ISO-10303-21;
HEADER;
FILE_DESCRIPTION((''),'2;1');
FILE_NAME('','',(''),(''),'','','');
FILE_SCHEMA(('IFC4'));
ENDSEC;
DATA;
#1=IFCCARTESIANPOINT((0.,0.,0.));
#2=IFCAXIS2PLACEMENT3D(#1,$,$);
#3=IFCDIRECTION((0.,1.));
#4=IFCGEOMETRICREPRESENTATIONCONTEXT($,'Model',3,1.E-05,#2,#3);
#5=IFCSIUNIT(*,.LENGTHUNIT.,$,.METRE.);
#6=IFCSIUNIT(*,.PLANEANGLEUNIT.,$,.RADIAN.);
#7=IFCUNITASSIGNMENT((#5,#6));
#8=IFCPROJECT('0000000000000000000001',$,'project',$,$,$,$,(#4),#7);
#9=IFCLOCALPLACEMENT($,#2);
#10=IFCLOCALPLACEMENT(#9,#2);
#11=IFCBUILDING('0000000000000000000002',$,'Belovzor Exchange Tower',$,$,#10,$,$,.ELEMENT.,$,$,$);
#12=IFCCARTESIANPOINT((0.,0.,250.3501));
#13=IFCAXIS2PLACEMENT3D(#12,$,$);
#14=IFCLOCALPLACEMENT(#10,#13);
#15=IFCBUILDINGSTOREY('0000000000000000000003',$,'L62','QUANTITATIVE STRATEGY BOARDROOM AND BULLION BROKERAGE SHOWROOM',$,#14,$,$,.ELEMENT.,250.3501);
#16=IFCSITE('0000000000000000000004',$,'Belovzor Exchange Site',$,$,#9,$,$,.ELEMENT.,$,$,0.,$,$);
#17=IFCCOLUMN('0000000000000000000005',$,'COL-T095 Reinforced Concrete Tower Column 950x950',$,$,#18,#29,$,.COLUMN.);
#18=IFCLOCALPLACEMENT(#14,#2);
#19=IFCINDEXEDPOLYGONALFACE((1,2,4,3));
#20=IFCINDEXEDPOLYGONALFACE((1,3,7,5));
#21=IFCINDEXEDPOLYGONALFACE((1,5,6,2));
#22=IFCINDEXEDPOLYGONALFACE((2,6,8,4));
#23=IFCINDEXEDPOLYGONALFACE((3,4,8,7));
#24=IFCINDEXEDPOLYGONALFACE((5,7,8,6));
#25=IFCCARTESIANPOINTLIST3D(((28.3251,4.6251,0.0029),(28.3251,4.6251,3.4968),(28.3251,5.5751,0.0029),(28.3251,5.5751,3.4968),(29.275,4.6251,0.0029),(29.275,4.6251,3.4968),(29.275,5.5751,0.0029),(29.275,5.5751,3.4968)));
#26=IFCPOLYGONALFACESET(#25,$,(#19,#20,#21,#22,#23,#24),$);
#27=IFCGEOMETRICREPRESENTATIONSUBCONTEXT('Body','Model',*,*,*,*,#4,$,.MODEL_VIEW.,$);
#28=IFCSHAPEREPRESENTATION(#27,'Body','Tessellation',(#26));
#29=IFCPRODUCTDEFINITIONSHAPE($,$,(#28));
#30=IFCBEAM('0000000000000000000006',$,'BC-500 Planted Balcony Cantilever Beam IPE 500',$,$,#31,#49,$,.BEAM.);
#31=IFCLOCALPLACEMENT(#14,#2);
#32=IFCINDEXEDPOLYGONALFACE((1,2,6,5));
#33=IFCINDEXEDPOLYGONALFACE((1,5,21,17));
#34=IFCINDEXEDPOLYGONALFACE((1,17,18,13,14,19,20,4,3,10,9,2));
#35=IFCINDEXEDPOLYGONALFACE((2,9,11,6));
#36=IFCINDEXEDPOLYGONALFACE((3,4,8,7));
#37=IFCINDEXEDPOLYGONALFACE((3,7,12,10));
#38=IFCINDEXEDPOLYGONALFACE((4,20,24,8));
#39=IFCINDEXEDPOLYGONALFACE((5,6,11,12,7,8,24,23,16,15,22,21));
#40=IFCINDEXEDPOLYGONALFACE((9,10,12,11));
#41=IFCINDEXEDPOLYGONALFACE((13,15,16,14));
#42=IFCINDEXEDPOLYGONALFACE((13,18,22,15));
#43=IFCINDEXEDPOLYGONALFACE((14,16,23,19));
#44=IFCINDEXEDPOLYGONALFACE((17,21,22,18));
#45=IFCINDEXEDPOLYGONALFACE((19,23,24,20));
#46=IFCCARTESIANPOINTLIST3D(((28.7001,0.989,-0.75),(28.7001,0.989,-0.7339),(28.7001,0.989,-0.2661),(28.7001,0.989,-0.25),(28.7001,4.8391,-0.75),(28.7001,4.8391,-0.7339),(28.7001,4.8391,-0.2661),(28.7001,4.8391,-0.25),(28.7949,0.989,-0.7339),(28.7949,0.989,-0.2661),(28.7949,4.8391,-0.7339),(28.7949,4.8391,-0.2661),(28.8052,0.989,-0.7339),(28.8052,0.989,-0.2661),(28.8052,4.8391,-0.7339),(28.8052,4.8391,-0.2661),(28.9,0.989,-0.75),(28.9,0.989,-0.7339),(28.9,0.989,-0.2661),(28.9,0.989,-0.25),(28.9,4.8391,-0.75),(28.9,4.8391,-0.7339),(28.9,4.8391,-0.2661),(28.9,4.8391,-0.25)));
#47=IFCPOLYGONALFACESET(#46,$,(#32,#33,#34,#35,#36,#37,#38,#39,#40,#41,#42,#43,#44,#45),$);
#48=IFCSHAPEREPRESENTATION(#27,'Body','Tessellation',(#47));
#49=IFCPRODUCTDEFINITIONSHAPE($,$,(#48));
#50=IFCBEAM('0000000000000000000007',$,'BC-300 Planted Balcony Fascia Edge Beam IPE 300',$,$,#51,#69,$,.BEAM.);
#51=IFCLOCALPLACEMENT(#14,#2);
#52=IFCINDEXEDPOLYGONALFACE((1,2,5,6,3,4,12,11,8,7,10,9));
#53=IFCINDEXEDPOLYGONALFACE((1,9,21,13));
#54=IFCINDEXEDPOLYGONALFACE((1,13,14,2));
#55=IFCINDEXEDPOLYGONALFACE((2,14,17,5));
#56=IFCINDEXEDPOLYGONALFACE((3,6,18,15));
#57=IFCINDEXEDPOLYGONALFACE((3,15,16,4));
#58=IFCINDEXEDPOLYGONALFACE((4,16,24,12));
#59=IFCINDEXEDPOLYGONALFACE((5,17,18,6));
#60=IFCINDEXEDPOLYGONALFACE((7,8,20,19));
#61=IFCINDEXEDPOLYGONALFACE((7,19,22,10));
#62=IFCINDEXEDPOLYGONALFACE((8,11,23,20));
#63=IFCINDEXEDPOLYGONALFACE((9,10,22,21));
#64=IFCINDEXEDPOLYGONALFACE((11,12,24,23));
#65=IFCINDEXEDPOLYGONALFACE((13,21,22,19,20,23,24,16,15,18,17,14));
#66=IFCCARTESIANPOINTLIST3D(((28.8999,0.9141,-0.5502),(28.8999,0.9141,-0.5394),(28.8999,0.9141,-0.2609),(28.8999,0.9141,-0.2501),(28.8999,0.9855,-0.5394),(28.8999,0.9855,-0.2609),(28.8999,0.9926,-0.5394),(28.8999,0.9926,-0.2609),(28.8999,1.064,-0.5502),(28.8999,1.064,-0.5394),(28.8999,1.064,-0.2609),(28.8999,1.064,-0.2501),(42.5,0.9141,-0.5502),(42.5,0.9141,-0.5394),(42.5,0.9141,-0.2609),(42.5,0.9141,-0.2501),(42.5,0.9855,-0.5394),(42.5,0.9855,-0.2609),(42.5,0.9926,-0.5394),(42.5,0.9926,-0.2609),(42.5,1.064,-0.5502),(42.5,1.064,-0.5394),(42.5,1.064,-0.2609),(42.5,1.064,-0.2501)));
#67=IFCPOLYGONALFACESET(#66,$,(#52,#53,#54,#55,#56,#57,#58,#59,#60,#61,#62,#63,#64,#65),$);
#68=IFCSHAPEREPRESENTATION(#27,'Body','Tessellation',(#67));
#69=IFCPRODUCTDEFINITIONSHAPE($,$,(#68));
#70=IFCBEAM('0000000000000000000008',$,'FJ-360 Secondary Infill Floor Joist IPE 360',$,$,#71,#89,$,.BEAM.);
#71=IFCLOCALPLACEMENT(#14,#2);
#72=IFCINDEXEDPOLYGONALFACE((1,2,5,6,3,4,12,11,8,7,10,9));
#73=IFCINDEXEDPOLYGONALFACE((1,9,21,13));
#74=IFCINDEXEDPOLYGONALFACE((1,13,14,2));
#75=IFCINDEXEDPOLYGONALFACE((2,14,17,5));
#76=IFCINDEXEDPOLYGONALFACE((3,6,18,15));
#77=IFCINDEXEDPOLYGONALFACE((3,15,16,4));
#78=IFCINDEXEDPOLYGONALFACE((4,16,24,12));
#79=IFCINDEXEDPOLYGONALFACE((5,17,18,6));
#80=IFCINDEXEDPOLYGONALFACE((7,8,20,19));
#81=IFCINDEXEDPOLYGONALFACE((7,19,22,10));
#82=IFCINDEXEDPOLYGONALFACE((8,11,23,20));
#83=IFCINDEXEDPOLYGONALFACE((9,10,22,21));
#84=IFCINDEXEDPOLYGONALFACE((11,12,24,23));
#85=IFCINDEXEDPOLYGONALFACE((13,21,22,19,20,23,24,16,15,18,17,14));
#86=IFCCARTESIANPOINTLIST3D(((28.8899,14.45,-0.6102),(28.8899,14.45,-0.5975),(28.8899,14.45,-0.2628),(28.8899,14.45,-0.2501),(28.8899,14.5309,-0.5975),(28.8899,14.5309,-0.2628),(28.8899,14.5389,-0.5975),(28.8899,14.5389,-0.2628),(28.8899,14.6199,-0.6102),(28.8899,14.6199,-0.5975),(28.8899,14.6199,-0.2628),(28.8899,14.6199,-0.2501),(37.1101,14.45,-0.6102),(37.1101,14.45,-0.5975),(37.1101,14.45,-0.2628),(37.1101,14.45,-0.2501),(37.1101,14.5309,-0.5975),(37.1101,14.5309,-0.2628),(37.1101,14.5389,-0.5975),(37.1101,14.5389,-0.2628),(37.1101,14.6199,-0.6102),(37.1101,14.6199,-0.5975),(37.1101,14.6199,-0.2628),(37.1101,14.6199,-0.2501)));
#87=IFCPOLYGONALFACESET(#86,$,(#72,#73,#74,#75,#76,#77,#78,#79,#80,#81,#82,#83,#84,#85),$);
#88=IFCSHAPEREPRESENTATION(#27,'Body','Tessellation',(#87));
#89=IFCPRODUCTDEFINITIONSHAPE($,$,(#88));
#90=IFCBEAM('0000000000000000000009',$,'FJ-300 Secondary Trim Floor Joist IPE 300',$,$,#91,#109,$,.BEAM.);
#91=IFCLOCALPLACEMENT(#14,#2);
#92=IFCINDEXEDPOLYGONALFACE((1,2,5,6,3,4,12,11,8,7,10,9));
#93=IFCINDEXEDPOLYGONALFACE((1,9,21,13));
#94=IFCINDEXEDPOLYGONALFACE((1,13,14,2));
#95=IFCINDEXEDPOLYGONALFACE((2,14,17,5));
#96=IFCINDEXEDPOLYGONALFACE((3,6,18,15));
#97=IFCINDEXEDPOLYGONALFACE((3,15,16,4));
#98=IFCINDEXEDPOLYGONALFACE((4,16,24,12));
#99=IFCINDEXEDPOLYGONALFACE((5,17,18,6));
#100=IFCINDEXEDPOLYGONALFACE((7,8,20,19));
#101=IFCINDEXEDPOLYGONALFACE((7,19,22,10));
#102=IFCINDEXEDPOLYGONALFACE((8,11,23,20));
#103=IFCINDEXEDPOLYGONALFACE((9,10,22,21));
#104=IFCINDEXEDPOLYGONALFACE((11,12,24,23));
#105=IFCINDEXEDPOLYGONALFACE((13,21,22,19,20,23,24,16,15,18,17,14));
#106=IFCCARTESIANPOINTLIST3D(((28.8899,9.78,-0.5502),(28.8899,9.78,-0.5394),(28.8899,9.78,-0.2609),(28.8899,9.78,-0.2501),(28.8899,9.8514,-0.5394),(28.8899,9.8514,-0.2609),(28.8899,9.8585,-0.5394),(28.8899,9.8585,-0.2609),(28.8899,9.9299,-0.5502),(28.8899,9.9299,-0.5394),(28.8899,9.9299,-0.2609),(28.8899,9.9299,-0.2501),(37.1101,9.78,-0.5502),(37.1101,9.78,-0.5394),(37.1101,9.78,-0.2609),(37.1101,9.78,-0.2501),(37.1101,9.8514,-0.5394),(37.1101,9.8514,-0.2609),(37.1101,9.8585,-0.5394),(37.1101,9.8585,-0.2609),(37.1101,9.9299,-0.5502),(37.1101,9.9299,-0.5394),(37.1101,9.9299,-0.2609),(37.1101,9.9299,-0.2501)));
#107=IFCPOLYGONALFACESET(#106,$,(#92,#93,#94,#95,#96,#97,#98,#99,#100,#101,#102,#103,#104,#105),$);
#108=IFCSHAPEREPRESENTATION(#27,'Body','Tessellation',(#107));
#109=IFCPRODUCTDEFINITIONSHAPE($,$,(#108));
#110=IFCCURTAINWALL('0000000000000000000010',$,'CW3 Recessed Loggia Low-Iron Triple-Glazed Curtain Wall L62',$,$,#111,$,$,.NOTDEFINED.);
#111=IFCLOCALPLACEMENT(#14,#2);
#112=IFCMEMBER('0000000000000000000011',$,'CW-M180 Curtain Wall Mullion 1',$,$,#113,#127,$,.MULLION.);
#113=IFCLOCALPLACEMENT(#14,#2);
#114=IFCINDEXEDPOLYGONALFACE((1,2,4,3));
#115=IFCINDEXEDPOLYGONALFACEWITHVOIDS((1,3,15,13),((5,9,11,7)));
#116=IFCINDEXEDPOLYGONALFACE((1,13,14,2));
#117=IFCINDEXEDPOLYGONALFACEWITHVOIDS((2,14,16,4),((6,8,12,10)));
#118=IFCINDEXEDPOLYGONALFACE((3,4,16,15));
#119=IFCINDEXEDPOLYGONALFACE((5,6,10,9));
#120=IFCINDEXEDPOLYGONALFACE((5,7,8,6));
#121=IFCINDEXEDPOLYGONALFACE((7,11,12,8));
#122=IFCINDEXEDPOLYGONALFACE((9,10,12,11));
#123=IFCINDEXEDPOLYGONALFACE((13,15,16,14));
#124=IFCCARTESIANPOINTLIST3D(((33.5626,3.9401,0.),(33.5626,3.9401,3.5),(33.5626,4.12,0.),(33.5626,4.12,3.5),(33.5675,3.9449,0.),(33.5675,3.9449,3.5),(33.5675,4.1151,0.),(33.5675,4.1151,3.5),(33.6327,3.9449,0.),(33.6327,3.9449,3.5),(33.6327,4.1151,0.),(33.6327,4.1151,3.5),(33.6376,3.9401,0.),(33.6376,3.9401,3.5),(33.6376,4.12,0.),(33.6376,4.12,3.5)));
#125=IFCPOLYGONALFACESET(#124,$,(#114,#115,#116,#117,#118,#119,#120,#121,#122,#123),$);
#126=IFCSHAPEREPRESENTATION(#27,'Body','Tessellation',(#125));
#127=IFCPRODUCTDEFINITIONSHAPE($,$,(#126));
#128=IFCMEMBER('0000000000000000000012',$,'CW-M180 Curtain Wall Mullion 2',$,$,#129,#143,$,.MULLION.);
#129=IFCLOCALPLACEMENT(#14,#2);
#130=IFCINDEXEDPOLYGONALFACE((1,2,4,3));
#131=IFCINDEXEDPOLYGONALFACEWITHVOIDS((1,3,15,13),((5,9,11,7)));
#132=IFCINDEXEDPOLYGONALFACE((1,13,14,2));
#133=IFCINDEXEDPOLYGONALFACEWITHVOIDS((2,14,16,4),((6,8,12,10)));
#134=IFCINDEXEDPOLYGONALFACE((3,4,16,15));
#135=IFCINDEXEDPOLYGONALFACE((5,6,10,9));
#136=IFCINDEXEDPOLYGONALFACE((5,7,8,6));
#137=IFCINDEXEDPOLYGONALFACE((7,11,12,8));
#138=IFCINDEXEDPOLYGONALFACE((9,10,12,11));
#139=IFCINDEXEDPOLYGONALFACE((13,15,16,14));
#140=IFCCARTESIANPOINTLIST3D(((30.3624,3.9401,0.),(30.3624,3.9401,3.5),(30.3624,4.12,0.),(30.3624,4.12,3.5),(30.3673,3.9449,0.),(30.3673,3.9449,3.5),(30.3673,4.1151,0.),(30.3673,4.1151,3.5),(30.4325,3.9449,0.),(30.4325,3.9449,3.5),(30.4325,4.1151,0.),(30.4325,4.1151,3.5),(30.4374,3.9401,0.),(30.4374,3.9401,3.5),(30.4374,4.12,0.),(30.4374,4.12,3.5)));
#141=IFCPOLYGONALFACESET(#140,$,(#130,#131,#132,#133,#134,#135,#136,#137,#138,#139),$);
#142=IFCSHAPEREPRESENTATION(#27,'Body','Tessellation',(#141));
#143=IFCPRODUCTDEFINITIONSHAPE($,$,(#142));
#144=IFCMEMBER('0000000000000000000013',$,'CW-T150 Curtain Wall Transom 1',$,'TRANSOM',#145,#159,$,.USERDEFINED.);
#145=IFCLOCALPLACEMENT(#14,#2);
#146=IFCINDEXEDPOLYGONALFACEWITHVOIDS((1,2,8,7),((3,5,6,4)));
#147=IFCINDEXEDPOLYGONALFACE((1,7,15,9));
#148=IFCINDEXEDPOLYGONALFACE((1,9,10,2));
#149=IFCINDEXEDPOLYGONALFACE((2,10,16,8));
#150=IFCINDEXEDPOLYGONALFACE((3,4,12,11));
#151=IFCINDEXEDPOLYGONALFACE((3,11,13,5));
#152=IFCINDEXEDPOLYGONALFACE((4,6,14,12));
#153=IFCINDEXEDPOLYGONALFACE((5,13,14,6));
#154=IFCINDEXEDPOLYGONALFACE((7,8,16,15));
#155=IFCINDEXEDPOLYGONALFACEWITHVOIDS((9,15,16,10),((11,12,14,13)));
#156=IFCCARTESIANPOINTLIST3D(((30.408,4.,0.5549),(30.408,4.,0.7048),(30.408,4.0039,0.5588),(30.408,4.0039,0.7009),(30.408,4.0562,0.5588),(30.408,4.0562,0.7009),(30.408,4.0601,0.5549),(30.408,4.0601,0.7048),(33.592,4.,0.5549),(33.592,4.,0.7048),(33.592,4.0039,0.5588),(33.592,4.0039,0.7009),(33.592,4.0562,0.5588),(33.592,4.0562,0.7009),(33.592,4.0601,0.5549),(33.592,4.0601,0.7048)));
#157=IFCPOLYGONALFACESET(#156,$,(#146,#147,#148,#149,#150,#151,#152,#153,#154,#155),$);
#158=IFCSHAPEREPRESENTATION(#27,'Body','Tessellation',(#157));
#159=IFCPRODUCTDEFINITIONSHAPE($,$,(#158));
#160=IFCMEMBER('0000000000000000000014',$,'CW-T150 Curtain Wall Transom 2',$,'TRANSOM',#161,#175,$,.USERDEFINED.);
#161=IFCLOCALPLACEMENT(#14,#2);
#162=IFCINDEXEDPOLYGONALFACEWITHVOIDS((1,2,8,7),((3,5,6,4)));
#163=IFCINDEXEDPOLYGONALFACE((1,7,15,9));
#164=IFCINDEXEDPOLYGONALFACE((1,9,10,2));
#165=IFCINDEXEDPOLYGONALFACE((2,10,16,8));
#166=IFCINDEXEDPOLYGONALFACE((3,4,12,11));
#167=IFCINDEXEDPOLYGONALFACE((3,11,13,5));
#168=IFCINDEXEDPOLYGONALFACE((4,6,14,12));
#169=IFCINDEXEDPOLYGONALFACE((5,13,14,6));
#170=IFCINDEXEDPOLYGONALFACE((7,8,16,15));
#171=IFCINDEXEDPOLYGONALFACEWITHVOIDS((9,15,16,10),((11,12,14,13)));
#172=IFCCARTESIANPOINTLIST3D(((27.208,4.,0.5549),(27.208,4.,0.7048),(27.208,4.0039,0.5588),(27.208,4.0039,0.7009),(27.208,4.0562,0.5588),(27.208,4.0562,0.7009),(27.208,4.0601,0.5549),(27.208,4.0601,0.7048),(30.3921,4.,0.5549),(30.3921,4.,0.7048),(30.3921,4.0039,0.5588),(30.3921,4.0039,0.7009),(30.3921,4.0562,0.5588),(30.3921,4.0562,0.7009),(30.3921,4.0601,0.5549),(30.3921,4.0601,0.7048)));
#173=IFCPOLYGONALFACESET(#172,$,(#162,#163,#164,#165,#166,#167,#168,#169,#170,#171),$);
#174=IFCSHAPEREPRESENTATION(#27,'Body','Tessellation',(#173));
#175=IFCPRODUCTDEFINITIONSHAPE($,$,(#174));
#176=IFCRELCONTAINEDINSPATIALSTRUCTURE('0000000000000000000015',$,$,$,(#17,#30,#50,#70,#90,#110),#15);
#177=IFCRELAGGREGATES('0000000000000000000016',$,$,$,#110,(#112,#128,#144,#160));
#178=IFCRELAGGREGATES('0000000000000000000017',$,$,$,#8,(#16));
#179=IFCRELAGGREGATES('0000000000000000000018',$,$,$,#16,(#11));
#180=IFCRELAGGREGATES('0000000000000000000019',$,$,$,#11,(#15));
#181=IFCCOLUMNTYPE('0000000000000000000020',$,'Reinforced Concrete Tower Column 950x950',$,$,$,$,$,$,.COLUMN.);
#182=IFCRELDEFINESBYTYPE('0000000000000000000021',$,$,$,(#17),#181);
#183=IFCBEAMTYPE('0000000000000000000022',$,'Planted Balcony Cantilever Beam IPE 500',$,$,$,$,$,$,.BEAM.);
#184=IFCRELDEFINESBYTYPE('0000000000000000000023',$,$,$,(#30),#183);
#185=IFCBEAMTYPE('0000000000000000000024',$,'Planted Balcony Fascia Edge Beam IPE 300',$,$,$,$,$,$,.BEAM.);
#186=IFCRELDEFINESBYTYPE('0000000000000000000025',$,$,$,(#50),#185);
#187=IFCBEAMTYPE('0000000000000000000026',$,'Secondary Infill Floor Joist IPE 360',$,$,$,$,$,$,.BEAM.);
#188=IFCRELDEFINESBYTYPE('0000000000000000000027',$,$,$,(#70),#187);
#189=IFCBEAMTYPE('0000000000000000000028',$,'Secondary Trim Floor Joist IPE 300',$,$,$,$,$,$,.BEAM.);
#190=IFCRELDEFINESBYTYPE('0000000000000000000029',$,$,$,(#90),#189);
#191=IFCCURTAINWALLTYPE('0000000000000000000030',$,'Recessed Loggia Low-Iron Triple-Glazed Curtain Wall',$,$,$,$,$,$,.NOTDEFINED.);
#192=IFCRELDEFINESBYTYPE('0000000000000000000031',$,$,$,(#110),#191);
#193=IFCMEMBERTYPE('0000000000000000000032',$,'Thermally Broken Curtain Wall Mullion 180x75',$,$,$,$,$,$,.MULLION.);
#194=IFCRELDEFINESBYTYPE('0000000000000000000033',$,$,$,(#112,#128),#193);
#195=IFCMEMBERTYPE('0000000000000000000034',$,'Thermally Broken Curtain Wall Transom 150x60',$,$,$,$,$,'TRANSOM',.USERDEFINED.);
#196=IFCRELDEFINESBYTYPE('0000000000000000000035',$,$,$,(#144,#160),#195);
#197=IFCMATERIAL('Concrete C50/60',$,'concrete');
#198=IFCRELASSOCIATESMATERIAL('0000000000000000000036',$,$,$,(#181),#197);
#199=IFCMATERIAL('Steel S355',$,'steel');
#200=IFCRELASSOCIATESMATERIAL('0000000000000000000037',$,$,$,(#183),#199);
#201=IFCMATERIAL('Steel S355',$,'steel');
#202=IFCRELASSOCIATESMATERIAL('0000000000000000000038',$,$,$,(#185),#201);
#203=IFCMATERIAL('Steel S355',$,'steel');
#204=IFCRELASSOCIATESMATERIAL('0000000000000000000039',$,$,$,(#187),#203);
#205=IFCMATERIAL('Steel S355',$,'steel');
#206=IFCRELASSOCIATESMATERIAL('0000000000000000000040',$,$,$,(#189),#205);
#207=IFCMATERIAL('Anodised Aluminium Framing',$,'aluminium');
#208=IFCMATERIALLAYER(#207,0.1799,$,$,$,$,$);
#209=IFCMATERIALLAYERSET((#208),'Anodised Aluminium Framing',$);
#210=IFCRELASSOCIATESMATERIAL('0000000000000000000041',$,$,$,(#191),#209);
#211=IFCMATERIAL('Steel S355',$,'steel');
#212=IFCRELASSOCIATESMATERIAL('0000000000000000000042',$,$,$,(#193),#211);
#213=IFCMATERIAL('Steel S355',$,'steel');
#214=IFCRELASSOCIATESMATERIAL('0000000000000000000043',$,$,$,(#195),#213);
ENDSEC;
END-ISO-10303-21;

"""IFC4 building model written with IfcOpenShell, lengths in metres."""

from ifc_helpers import new_model, si_unit, direction, frame, origin, origin_2d, place, context, subcontext, project, spatial, rectangle, hollow_rectangle, i_section, extrude, material, layer, layer_set, material_profile, profile_set, type_object, element, aggregate, save


model = new_model("IFC4")

# Units and contexts
model_context = context("Model", 3, precision=1e-05, world=origin(), true_north=direction((0.0, 1.0)))
body_context = subcontext(model_context, "Body", "Model", "MODEL_VIEW")
ifc_project = project(units=[si_unit("LENGTHUNIT", "METRE"), si_unit("PLANEANGLEUNIT", "RADIAN")], contexts=[model_context])

# Site, building, storey
site_placement = place(None, origin())
site = spatial("IfcSite", under=ifc_project, at=site_placement, Name="Belovzor Exchange Site", CompositionType="ELEMENT", RefElevation=0.0)
building_placement = place(site_placement, origin())
building = spatial("IfcBuilding", under=site, at=building_placement, Name="Belovzor Exchange Tower", CompositionType="ELEMENT")
storey_placement = place(building_placement, frame((0.0, 0.0, 250.3501)))
storey = spatial("IfcBuildingStorey", under=building, at=storey_placement, Name="L62", Description="QUANTITATIVE STRATEGY BOARDROOM AND BULLION BROKERAGE SHOWROOM", CompositionType="ELEMENT", Elevation=250.3501)

# Column
ifc_material_1 = material(Name="Concrete C50/60", Category="concrete")
ifc_material_profile_1 = material_profile(ifc_material_1, rectangle(XDim=0.95, YDim=0.95, at=origin_2d()))
ifc_profile_set_1 = profile_set([ifc_material_profile_1], Name="Concrete C50/60")
column_type = type_object("IfcColumnType", Name="Reinforced Concrete Tower Column 950x950", PredefinedType="COLUMN", material=ifc_profile_set_1)
column_placement = place(storey_placement, frame((28.8, 5.1001, 0.0029), z_axis=(0.0, 0.0, 1.0), x_axis=(1.0, 0.0, 0.0)))
element("IfcColumn", 1, at=column_placement, inside=storey, type_object=column_type, Name="COL-T095 Reinforced Concrete Tower Column 950x950", PredefinedType="COLUMN", context=body_context, shape_type="SweptSolid", body=[
    extrude(rectangle(XDim=0.95, YDim=0.95, at=origin_2d()), origin(), (0.0, 0.0, 1.0), 3.4939),
])

# Beams
ifc_material_2 = material(Name="Steel S355", Category="steel")
ifc_material_profile_2 = material_profile(ifc_material_2, i_section(OverallWidth=0.2, OverallDepth=0.5, WebThickness=0.0103, FlangeThickness=0.0161, at=origin_2d()))
ifc_profile_set_2 = profile_set([ifc_material_profile_2], Name="Steel S355")
beam_type_1 = type_object("IfcBeamType", Name="Planted Balcony Cantilever Beam IPE 500", PredefinedType="BEAM", material=ifc_profile_set_2)
beam_1_placement = place(storey_placement, frame((28.8, 4.8391, -0.5), z_axis=(0.0, -1.0, 0.0), x_axis=(1.0, 0.0, 0.0)))
element("IfcBeam", 2, at=beam_1_placement, inside=storey, type_object=beam_type_1, Name="BC-500 Planted Balcony Cantilever Beam IPE 500", PredefinedType="BEAM", context=body_context, shape_type="SweptSolid", body=[
    extrude(i_section(OverallWidth=0.2, OverallDepth=0.5, WebThickness=0.0103, FlangeThickness=0.0161, at=origin_2d()), origin(), (0.0, 0.0, 1.0), 3.8501),
])
ifc_material_3 = material(Name="Steel S355", Category="steel")
ifc_material_profile_3 = material_profile(ifc_material_3, i_section(OverallWidth=0.1499, OverallDepth=0.3, WebThickness=0.0071, FlangeThickness=0.0107, at=origin_2d()))
ifc_profile_set_3 = profile_set([ifc_material_profile_3], Name="Steel S355")
beam_type_2 = type_object("IfcBeamType", Name="Planted Balcony Fascia Edge Beam IPE 300", PredefinedType="BEAM", material=ifc_profile_set_3)
beam_2_placement = place(storey_placement, frame((28.8999, 0.989, -0.4001), z_axis=(1.0, 0.0, 0.0), x_axis=(0.0, 1.0, 0.0)))
element("IfcBeam", 3, at=beam_2_placement, inside=storey, type_object=beam_type_2, Name="BC-300 Planted Balcony Fascia Edge Beam IPE 300", PredefinedType="BEAM", context=body_context, shape_type="SweptSolid", body=[
    extrude(i_section(OverallWidth=0.1499, OverallDepth=0.3, WebThickness=0.0071, FlangeThickness=0.0107, at=origin_2d()), origin(), (0.0, 0.0, 1.0), 13.6001),
])
ifc_material_4 = material(Name="Steel S355", Category="steel")
ifc_material_profile_4 = material_profile(ifc_material_4, i_section(OverallWidth=0.1699, OverallDepth=0.3601, WebThickness=0.0081, FlangeThickness=0.0127, at=origin_2d()))
ifc_profile_set_4 = profile_set([ifc_material_profile_4], Name="Steel S355")
beam_type_3 = type_object("IfcBeamType", Name="Secondary Infill Floor Joist IPE 360", PredefinedType="BEAM", material=ifc_profile_set_4)
beam_3_placement = place(storey_placement, frame((28.8899, 14.5349, -0.4302), z_axis=(1.0, 0.0, 0.0), x_axis=(0.0, 1.0, 0.0)))
element("IfcBeam", 4, at=beam_3_placement, inside=storey, type_object=beam_type_3, Name="FJ-360 Secondary Infill Floor Joist IPE 360", PredefinedType="BEAM", context=body_context, shape_type="SweptSolid", body=[
    extrude(i_section(OverallWidth=0.1699, OverallDepth=0.3601, WebThickness=0.0081, FlangeThickness=0.0127, at=origin_2d()), origin(), (0.0, 0.0, 1.0), 8.2202),
])
ifc_material_5 = material(Name="Steel S355", Category="steel")
ifc_material_profile_5 = material_profile(ifc_material_5, i_section(OverallWidth=0.1499, OverallDepth=0.3, WebThickness=0.0071, FlangeThickness=0.0107, at=origin_2d()))
ifc_profile_set_5 = profile_set([ifc_material_profile_5], Name="Steel S355")
beam_type_4 = type_object("IfcBeamType", Name="Secondary Trim Floor Joist IPE 300", PredefinedType="BEAM", material=ifc_profile_set_5)
beam_4_placement = place(storey_placement, frame((28.8899, 9.855, -0.4001), z_axis=(1.0, 0.0, 0.0), x_axis=(0.0, 1.0, 0.0)))
element("IfcBeam", 5, at=beam_4_placement, inside=storey, type_object=beam_type_4, Name="FJ-300 Secondary Trim Floor Joist IPE 300", PredefinedType="BEAM", context=body_context, shape_type="SweptSolid", body=[
    extrude(i_section(OverallWidth=0.1499, OverallDepth=0.3, WebThickness=0.0071, FlangeThickness=0.0107, at=origin_2d()), origin(), (0.0, 0.0, 1.0), 8.2202),
])

# Curtain wall, members
ifc_material_6 = material(Name="Anodised Aluminium Framing", Category="aluminium")
ifc_layer_1 = layer(ifc_material_6, 0.1799)
ifc_layer_set_1 = layer_set([ifc_layer_1], Name="Anodised Aluminium Framing")
curtain_wall_type = type_object("IfcCurtainWallType", Name="Recessed Loggia Low-Iron Triple-Glazed Curtain Wall", PredefinedType="NOTDEFINED", material=ifc_layer_set_1)
curtain_wall_placement = place(storey_placement, origin())
curtain_wall = element("IfcCurtainWall", 6, at=curtain_wall_placement, inside=storey, type_object=curtain_wall_type, Name="CW3 Recessed Loggia Low-Iron Triple-Glazed Curtain Wall L62", PredefinedType="NOTDEFINED")
ifc_material_7 = material(Name="Steel S355", Category="steel")
ifc_material_profile_6 = material_profile(ifc_material_7, hollow_rectangle(XDim=0.075, YDim=0.1799, WallThickness=0.0049, at=origin_2d()))
ifc_profile_set_6 = profile_set([ifc_material_profile_6], Name="Steel S355")
member_type_1 = type_object("IfcMemberType", Name="Thermally Broken Curtain Wall Mullion 180x75", PredefinedType="MULLION", material=ifc_profile_set_6)
member_1_placement = place(storey_placement, frame((33.6001, 4.03, 0.0), z_axis=(0.0, 0.0, 1.0), x_axis=(-1.0, 0.0, 0.0)))
member_1 = element("IfcMember", 7, at=member_1_placement, type_object=member_type_1, Name="CW-M180 Curtain Wall Mullion 1", PredefinedType="MULLION", context=body_context, shape_type="SweptSolid", body=[
    extrude(hollow_rectangle(XDim=0.075, YDim=0.1799, WallThickness=0.0049, at=origin_2d()), origin(), (0.0, 0.0, 1.0), 3.5),
])
member_2_placement = place(storey_placement, frame((30.3999, 4.03, 0.0), z_axis=(0.0, 0.0, 1.0), x_axis=(-1.0, 0.0, 0.0)))
member_2 = element("IfcMember", 8, at=member_2_placement, type_object=member_type_1, Name="CW-M180 Curtain Wall Mullion 2", PredefinedType="MULLION", context=body_context, shape_type="SweptSolid", body=[
    extrude(hollow_rectangle(XDim=0.075, YDim=0.1799, WallThickness=0.0049, at=origin_2d()), origin(), (0.0, 0.0, 1.0), 3.5),
])
ifc_material_8 = material(Name="Steel S355", Category="steel")
ifc_material_profile_7 = material_profile(ifc_material_8, hollow_rectangle(XDim=0.0601, YDim=0.1499, WallThickness=0.0039, at=origin_2d()))
ifc_profile_set_7 = profile_set([ifc_material_profile_7], Name="Steel S355")
member_type_2 = type_object("IfcMemberType", Name="Thermally Broken Curtain Wall Transom 150x60", ElementType="TRANSOM", PredefinedType="USERDEFINED", material=ifc_profile_set_7)
member_3_placement = place(storey_placement, frame((33.592, 4.03, 0.6299), z_axis=(-1.0, 0.0, 0.0), x_axis=(0.0, -1.0, 0.0)))
member_3 = element("IfcMember", 9, at=member_3_placement, type_object=member_type_2, Name="CW-T150 Curtain Wall Transom 1", ObjectType="TRANSOM", PredefinedType="USERDEFINED", context=body_context, shape_type="SweptSolid", body=[
    extrude(hollow_rectangle(XDim=0.0601, YDim=0.1499, WallThickness=0.0039, at=origin_2d()), origin(), (0.0, 0.0, 1.0), 3.1841),
])
member_4_placement = place(storey_placement, frame((30.3921, 4.03, 0.6299), z_axis=(-1.0, 0.0, 0.0), x_axis=(0.0, -1.0, 0.0)))
member_4 = element("IfcMember", 10, at=member_4_placement, type_object=member_type_2, Name="CW-T150 Curtain Wall Transom 2", ObjectType="TRANSOM", PredefinedType="USERDEFINED", context=body_context, shape_type="SweptSolid", body=[
    extrude(hollow_rectangle(XDim=0.0601, YDim=0.1499, WallThickness=0.0039, at=origin_2d()), origin(), (0.0, 0.0, 1.0), 3.1841),
])

aggregate(curtain_wall, [member_1, member_2, member_3, member_4])

save(model, "model.ifc")
